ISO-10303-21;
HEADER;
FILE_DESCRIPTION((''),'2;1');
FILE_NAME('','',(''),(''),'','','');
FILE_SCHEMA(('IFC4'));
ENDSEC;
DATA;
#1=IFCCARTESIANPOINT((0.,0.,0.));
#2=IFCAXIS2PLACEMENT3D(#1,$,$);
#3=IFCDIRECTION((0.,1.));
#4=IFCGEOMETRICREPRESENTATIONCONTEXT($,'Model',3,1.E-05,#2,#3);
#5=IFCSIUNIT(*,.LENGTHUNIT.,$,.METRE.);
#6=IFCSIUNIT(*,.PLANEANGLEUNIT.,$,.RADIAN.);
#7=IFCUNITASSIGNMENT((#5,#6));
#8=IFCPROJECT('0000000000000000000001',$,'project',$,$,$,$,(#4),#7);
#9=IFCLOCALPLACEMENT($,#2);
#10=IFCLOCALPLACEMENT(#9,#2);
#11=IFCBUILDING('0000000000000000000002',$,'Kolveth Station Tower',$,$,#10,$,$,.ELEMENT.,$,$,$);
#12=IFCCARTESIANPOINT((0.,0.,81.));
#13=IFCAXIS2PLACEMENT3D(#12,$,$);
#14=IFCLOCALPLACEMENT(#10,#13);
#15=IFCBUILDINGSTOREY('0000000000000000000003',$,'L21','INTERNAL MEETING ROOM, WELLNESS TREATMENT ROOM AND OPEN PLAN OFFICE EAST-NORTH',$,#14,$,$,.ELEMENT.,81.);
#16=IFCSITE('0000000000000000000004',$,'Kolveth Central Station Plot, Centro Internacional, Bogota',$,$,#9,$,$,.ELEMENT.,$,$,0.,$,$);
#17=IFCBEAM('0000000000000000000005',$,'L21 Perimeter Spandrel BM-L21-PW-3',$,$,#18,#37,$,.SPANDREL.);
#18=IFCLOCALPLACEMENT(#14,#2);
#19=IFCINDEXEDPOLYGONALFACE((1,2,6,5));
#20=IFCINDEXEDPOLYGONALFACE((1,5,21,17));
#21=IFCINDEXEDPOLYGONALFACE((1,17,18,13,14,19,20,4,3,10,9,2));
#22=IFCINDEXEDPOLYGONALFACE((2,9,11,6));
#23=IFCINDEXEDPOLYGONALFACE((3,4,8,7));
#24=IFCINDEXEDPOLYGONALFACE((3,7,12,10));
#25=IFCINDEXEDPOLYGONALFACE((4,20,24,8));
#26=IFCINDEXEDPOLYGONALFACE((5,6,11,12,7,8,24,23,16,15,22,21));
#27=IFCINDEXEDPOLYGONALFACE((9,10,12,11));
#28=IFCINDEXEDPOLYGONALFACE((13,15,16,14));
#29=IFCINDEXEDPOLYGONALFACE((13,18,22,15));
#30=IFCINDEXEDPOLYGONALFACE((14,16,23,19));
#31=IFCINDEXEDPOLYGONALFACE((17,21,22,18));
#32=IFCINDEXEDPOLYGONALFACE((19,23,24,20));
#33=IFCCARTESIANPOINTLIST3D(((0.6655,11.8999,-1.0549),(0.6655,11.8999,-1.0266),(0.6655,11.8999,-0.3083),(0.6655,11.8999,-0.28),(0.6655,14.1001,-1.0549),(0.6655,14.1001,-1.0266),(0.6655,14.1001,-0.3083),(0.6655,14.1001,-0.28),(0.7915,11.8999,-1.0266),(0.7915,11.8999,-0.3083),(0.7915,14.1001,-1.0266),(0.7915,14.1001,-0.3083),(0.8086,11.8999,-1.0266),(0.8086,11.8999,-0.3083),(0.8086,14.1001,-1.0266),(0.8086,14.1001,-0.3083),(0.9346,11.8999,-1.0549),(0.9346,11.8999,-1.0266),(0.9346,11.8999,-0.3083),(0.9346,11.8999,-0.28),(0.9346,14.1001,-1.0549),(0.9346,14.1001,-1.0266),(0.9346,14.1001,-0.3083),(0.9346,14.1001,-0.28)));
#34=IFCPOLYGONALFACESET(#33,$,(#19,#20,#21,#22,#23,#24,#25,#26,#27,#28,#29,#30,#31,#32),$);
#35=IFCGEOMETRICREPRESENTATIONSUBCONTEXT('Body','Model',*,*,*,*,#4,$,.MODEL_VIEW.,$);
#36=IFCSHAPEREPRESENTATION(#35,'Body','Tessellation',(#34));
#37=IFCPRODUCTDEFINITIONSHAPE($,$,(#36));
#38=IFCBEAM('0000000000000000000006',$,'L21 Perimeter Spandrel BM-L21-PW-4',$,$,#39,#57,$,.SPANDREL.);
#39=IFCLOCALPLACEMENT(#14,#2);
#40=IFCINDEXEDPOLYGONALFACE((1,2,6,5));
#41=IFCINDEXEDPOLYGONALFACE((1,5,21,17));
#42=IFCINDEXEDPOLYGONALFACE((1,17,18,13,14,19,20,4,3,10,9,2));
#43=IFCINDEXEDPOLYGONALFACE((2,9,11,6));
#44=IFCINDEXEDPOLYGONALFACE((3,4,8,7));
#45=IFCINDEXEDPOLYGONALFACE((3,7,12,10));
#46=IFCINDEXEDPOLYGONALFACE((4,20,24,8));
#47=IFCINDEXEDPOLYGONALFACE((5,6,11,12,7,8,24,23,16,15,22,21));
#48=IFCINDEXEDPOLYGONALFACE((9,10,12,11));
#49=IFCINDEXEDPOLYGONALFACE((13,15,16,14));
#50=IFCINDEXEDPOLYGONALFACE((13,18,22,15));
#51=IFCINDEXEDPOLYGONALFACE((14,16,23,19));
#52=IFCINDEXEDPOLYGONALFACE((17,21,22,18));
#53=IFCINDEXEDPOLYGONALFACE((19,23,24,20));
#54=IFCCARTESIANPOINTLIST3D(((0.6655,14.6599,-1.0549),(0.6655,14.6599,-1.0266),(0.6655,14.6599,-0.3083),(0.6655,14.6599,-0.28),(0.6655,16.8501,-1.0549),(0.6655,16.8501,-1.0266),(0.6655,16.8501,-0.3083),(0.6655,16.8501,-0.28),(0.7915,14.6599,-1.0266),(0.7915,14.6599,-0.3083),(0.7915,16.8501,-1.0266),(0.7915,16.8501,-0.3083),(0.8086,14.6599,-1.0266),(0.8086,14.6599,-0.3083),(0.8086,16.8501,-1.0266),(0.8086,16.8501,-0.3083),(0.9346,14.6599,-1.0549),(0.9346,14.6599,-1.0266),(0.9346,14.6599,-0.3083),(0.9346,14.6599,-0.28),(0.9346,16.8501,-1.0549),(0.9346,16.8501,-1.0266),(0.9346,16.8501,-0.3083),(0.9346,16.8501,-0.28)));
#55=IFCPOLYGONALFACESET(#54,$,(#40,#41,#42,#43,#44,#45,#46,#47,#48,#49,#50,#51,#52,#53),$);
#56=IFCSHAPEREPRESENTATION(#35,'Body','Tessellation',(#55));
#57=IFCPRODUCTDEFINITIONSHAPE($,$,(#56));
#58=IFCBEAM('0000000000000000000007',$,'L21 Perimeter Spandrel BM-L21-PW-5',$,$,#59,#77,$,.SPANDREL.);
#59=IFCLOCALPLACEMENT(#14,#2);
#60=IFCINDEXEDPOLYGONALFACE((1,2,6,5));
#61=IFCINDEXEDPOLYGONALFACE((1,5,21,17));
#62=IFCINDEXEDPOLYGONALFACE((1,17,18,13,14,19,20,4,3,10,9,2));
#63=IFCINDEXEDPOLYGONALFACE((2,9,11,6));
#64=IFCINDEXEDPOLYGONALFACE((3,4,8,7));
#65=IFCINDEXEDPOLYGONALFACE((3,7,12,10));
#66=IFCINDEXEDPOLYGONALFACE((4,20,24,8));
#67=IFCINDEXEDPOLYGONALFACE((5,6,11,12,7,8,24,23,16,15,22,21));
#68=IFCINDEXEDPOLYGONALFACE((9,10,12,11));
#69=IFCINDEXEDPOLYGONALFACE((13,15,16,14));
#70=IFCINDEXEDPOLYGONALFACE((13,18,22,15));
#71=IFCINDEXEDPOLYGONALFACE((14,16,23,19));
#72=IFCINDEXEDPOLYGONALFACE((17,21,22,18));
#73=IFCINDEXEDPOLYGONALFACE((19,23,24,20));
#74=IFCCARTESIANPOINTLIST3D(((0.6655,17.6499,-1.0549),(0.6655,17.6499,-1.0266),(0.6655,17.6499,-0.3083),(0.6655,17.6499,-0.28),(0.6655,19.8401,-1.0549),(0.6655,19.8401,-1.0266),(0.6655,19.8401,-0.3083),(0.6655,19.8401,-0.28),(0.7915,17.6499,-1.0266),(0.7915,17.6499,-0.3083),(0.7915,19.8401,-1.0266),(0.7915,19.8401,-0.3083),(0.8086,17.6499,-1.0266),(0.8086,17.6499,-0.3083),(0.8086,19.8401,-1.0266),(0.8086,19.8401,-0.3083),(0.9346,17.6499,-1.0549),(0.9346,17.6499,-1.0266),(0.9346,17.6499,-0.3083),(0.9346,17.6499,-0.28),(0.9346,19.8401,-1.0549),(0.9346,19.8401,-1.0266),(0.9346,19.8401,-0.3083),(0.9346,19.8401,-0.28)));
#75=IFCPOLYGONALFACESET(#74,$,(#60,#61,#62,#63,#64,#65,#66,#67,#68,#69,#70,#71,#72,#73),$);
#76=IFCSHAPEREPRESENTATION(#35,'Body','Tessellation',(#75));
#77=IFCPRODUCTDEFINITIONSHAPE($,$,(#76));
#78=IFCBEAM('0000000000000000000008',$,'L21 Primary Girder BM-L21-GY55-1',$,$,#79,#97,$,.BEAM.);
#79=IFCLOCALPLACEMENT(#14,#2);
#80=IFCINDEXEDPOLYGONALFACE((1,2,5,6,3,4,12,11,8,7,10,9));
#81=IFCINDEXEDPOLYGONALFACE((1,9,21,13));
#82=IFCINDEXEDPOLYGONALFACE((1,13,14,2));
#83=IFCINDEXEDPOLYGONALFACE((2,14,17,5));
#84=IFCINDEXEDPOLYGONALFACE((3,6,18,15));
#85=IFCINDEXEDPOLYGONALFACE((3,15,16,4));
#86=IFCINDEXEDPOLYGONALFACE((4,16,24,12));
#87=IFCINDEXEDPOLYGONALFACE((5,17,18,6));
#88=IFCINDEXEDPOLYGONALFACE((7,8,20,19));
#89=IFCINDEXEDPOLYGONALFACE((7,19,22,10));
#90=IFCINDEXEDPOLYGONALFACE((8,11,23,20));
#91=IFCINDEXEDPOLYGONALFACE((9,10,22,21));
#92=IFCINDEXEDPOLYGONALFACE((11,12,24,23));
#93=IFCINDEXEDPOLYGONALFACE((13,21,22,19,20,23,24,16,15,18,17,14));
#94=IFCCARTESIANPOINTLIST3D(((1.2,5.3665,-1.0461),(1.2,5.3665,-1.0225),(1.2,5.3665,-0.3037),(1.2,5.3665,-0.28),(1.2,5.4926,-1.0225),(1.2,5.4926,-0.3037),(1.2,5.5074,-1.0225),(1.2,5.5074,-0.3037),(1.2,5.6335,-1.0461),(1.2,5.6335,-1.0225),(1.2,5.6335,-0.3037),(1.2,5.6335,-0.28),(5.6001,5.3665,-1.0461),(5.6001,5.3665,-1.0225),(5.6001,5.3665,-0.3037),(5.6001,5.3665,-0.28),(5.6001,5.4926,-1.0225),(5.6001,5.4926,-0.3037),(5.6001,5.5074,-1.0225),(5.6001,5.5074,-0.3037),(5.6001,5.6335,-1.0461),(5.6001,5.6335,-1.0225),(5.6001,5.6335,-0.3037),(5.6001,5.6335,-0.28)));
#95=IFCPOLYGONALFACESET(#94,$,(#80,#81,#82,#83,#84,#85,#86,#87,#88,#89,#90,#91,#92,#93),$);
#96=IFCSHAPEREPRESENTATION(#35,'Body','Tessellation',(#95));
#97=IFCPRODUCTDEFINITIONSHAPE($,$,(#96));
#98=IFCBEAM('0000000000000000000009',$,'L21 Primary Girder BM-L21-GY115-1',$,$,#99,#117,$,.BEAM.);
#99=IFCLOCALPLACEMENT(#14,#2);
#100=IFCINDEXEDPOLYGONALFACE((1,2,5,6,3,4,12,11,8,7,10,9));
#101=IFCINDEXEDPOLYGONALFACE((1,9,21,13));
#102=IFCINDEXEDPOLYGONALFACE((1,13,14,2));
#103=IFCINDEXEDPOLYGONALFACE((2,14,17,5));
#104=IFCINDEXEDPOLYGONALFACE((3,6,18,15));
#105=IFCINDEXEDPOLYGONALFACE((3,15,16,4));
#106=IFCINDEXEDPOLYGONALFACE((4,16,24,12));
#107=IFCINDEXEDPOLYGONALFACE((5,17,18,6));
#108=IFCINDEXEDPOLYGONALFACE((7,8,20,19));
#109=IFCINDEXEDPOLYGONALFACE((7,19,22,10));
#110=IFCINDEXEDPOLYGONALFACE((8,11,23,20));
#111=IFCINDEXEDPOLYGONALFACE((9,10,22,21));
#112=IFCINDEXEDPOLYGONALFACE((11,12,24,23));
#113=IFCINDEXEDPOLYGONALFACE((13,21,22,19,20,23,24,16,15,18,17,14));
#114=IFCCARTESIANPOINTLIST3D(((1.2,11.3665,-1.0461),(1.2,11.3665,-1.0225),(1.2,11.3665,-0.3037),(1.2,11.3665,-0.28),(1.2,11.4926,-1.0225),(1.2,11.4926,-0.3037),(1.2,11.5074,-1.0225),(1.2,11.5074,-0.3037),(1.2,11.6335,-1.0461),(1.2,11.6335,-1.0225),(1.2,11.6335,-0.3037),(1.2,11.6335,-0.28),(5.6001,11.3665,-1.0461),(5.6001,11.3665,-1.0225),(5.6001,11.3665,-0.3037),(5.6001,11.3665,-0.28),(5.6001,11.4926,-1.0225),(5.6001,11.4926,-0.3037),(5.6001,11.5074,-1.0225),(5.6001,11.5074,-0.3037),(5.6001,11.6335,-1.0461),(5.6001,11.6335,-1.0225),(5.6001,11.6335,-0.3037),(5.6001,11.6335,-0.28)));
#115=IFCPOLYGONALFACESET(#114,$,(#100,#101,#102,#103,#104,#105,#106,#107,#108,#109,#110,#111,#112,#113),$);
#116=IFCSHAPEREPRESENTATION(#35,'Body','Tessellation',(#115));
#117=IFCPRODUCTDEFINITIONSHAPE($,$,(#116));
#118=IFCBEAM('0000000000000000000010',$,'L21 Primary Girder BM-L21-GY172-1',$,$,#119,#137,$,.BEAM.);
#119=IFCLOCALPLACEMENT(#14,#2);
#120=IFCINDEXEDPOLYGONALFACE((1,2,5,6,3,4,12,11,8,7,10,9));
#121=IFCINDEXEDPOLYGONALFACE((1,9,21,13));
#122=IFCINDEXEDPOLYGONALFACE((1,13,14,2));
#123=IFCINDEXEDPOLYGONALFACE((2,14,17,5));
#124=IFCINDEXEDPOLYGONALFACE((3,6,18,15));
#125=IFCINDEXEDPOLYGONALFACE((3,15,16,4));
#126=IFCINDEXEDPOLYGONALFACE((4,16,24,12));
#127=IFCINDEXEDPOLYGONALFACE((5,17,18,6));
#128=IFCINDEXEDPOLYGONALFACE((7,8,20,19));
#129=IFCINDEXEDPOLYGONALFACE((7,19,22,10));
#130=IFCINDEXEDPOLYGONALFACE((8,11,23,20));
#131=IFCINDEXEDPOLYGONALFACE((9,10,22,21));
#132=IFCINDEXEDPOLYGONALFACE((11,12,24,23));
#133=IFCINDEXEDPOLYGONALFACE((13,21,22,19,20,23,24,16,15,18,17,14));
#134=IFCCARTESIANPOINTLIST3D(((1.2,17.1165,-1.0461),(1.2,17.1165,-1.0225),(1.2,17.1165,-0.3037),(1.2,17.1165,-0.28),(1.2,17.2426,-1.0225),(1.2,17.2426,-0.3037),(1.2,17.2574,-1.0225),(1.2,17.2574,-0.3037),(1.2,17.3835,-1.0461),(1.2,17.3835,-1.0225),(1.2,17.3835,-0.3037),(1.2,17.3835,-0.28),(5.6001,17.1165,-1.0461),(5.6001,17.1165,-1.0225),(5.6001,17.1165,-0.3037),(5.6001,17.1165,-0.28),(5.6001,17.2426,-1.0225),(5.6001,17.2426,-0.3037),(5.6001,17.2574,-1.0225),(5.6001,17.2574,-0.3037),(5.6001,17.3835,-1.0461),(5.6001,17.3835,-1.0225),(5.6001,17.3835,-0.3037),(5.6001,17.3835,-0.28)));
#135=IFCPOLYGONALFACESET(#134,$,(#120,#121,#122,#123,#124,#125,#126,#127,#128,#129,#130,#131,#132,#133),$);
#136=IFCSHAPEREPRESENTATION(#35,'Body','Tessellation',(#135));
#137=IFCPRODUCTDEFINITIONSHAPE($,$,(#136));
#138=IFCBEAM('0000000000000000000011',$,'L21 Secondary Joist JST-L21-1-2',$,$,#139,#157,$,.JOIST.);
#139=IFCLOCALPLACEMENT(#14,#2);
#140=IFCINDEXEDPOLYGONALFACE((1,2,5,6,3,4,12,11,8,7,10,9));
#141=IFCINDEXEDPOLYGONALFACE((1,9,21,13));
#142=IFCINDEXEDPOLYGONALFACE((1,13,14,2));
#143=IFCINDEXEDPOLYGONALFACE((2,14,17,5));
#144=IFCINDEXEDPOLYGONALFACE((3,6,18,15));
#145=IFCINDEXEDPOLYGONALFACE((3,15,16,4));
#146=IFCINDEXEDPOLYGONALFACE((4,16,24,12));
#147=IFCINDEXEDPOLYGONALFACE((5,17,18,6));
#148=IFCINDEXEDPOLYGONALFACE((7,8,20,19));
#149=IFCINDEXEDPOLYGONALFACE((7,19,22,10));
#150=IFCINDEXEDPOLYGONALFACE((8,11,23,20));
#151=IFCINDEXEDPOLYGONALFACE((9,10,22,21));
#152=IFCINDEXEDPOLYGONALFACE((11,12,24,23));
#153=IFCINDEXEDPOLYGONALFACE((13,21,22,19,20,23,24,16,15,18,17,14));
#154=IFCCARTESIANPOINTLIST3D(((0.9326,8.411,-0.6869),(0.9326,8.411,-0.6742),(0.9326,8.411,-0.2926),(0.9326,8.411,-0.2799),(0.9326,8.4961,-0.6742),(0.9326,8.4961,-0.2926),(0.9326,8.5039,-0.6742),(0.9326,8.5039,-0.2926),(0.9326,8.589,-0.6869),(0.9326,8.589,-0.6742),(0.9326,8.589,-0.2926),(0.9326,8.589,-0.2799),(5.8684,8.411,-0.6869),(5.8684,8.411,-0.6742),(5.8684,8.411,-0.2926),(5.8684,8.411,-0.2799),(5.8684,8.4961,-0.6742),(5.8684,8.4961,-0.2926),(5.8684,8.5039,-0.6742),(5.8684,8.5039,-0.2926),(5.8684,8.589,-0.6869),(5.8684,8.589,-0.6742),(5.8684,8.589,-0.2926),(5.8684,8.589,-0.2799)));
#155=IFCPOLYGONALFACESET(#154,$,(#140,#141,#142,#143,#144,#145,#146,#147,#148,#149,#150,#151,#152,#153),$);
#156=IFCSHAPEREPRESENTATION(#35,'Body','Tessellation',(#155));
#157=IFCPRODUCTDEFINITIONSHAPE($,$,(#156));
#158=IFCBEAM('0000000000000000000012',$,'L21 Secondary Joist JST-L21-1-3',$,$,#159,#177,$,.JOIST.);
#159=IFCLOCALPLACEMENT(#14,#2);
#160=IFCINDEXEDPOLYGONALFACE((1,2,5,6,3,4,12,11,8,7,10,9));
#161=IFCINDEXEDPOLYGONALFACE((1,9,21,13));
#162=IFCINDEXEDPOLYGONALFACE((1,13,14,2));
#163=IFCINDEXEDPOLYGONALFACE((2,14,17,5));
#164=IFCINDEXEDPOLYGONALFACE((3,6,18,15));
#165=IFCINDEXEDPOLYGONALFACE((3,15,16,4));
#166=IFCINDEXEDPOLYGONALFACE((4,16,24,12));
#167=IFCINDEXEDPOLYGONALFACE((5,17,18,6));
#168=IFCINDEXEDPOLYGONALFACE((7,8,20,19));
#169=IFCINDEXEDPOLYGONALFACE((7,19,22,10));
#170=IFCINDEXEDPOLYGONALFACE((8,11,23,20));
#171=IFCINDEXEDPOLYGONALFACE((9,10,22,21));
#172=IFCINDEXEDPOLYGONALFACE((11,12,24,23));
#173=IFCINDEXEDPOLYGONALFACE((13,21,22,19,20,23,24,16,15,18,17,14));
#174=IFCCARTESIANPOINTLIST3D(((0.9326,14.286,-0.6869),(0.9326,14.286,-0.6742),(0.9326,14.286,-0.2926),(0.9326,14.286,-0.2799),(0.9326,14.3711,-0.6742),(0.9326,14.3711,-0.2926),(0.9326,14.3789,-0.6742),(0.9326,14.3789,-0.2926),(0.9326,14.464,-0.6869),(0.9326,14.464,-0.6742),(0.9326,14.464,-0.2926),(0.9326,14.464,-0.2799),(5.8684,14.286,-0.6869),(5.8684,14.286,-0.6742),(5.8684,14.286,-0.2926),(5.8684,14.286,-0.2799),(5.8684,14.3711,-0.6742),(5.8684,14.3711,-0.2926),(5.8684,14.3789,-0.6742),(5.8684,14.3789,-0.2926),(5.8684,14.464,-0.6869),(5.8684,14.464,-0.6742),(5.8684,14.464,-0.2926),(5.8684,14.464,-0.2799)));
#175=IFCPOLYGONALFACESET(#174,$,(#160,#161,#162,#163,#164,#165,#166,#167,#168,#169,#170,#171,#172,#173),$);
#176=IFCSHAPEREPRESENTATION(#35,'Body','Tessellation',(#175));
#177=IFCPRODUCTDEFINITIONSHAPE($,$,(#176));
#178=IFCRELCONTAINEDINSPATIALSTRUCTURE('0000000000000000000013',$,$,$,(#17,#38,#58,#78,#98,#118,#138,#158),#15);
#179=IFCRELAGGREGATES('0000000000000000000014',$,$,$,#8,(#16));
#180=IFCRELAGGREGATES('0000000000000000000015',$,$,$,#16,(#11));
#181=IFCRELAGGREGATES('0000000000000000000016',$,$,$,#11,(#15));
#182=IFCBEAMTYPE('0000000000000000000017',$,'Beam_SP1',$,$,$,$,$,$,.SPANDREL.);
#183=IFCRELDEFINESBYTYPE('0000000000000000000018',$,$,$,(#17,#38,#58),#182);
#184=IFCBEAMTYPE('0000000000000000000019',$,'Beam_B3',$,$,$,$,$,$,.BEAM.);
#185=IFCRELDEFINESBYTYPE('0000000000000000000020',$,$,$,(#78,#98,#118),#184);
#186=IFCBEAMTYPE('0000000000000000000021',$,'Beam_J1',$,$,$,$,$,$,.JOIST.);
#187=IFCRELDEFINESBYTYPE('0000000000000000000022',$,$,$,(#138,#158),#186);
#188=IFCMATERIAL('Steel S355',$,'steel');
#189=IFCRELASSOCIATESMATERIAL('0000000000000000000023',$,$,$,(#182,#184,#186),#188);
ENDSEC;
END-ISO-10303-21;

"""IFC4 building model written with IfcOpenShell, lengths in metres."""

from ifc_helpers import new_model, si_unit, direction, frame, origin, origin_2d, place, context, subcontext, project, spatial, i_section, extrude, source, transform, mapped, material, material_profile, profile_set, type_object, element, save


model = new_model("IFC4")

# Units and contexts
model_context = context("Model", 3, precision=1e-05, world=origin(), true_north=direction((0.0, 1.0)))
body_context = subcontext(model_context, "Body", "Model", "MODEL_VIEW")
ifc_project = project(units=[si_unit("LENGTHUNIT", "METRE"), si_unit("PLANEANGLEUNIT", "RADIAN")], contexts=[model_context])

# Site, building, storey
site_placement = place(None, origin())
site = spatial("IfcSite", under=ifc_project, at=site_placement, Name="Kolveth Central Station Plot, Centro Internacional, Bogota", CompositionType="ELEMENT", RefElevation=0.0)
building_placement = place(site_placement, origin())
building = spatial("IfcBuilding", under=site, at=building_placement, Name="Kolveth Station Tower", CompositionType="ELEMENT")
storey_placement = place(building_placement, frame((0.0, 0.0, 81.0)))
storey = spatial("IfcBuildingStorey", under=building, at=storey_placement, Name="L21", Description="INTERNAL MEETING ROOM, WELLNESS TREATMENT ROOM AND OPEN PLAN OFFICE EAST-NORTH", CompositionType="ELEMENT", Elevation=81.0)

# Shared definitions
ifc_material_1 = material(Name="Steel S355", Category="steel")

# Beams
ifc_material_profile_1 = material_profile(ifc_material_1, i_section(OverallWidth=0.269, OverallDepth=0.7749, WebThickness=0.0171, FlangeThickness=0.0283, at=origin_2d()), Name="W760x220")
ifc_profile_set_1 = profile_set([ifc_material_profile_1], Name="Steel S355")
beam_type_1 = type_object("IfcBeamType", Name="Beam_SP1", PredefinedType="SPANDREL", material=ifc_profile_set_1)
shared_shape_1 = source(origin(), body_context, "Body", "SweptSolid", [
    extrude(i_section(OverallWidth=0.269, OverallDepth=0.7749, WebThickness=0.0171, FlangeThickness=0.0283, at=origin_2d()), origin(), (0.0, 0.0, 1.0), 2.2002),
])
beam_1_placement = place(storey_placement, frame((0.8, 11.8999, -0.6675), z_axis=(0.0, 1.0, 0.0), x_axis=(-1.0, 0.0, 0.0)))
element("IfcBeam", 1, at=beam_1_placement, inside=storey, type_object=beam_type_1, Name="L21 Perimeter Spandrel BM-L21-PW-3", PredefinedType="SPANDREL", context=body_context, shape_type="MappedRepresentation", body=[
    mapped(shared_shape_1, transform((0.0, 0.0, 0.0), x_axis=(1.0, 0.0, 0.0), y_axis=(0.0, 1.0, 0.0), z_axis=(0.0, 0.0, 1.0), scale=1.0)),
])
shared_shape_2 = source(origin(), body_context, "Body", "SweptSolid", [
    extrude(i_section(OverallWidth=0.269, OverallDepth=0.7749, WebThickness=0.0171, FlangeThickness=0.0283, at=origin_2d()), origin(), (0.0, 0.0, 1.0), 2.1902),
])
for number, where, z_axis, x_axis, name in (
    (2, (0.8, 14.6599, -0.6675), (0.0, 1.0, 0.0), (-1.0, 0.0, 0.0), "L21 Perimeter Spandrel BM-L21-PW-4"),
    (3, (0.8, 17.6499, -0.6675), (0.0, 1.0, 0.0), (-1.0, 0.0, 0.0), "L21 Perimeter Spandrel BM-L21-PW-5"),
):
    element("IfcBeam", number, at=place(storey_placement, frame(where, z_axis=z_axis, x_axis=x_axis)), inside=storey, type_object=beam_type_1, Name=name, PredefinedType="SPANDREL", context=body_context, shape_type="MappedRepresentation", body=[
        mapped(shared_shape_2, transform((0.0, 0.0, 0.0), x_axis=(1.0, 0.0, 0.0), y_axis=(0.0, 1.0, 0.0), z_axis=(0.0, 0.0, 1.0), scale=1.0)),
    ])
ifc_material_profile_2 = material_profile(ifc_material_1, i_section(OverallWidth=0.2671, OverallDepth=0.7661, WebThickness=0.0149, FlangeThickness=0.0237, at=origin_2d()), Name="W760x185")
ifc_profile_set_2 = profile_set([ifc_material_profile_2], Name="Steel S355")
beam_type_2 = type_object("IfcBeamType", Name="Beam_B3", PredefinedType="BEAM", material=ifc_profile_set_2)
shared_shape_3 = source(origin(), body_context, "Body", "SweptSolid", [
    extrude(i_section(OverallWidth=0.2671, OverallDepth=0.7661, WebThickness=0.0149, FlangeThickness=0.0237, at=origin_2d()), origin(), (0.0, 0.0, 1.0), 4.4001),
])
for number, where, z_axis, x_axis, name in (
    (4, (1.2, 5.5, -0.6631), (1.0, 0.0, 0.0), (0.0, 1.0, 0.0), "L21 Primary Girder BM-L21-GY55-1"),
    (5, (1.2, 11.5, -0.6631), (1.0, 0.0, 0.0), (0.0, 1.0, 0.0), "L21 Primary Girder BM-L21-GY115-1"),
    (6, (1.2, 17.25, -0.6631), (1.0, 0.0, 0.0), (0.0, 1.0, 0.0), "L21 Primary Girder BM-L21-GY172-1"),
):
    element("IfcBeam", number, at=place(storey_placement, frame(where, z_axis=z_axis, x_axis=x_axis)), inside=storey, type_object=beam_type_2, Name=name, PredefinedType="BEAM", context=body_context, shape_type="MappedRepresentation", body=[
        mapped(shared_shape_3, transform((0.0, 0.0, 0.0), x_axis=(1.0, 0.0, 0.0), y_axis=(0.0, 1.0, 0.0), z_axis=(0.0, 0.0, 1.0), scale=1.0)),
    ])
ifc_material_profile_3 = material_profile(ifc_material_1, i_section(OverallWidth=0.178, OverallDepth=0.407, WebThickness=0.0078, FlangeThickness=0.0127, at=origin_2d()), Name="W410x60")
ifc_profile_set_3 = profile_set([ifc_material_profile_3], Name="Steel S355")
beam_type_3 = type_object("IfcBeamType", Name="Beam_J1", PredefinedType="JOIST", material=ifc_profile_set_3)
shared_shape_4 = source(origin(), body_context, "Body", "SweptSolid", [
    extrude(i_section(OverallWidth=0.178, OverallDepth=0.407, WebThickness=0.0078, FlangeThickness=0.0127, at=origin_2d()), origin(), (0.0, 0.0, 1.0), 4.9358),
])
for number, where, z_axis, x_axis, name in (
    (7, (0.9326, 8.5, -0.4834), (1.0, 0.0, 0.0), (0.0, 1.0, 0.0), "L21 Secondary Joist JST-L21-1-2"),
    (8, (0.9326, 14.375, -0.4834), (1.0, 0.0, 0.0), (0.0, 1.0, 0.0), "L21 Secondary Joist JST-L21-1-3"),
):
    element("IfcBeam", number, at=place(storey_placement, frame(where, z_axis=z_axis, x_axis=x_axis)), inside=storey, type_object=beam_type_3, Name=name, PredefinedType="JOIST", context=body_context, shape_type="MappedRepresentation", body=[
        mapped(shared_shape_4, transform((0.0, 0.0, 0.0), x_axis=(1.0, 0.0, 0.0), y_axis=(0.0, 1.0, 0.0), z_axis=(0.0, 0.0, 1.0), scale=1.0)),
    ])

save(model, "model.ifc")
